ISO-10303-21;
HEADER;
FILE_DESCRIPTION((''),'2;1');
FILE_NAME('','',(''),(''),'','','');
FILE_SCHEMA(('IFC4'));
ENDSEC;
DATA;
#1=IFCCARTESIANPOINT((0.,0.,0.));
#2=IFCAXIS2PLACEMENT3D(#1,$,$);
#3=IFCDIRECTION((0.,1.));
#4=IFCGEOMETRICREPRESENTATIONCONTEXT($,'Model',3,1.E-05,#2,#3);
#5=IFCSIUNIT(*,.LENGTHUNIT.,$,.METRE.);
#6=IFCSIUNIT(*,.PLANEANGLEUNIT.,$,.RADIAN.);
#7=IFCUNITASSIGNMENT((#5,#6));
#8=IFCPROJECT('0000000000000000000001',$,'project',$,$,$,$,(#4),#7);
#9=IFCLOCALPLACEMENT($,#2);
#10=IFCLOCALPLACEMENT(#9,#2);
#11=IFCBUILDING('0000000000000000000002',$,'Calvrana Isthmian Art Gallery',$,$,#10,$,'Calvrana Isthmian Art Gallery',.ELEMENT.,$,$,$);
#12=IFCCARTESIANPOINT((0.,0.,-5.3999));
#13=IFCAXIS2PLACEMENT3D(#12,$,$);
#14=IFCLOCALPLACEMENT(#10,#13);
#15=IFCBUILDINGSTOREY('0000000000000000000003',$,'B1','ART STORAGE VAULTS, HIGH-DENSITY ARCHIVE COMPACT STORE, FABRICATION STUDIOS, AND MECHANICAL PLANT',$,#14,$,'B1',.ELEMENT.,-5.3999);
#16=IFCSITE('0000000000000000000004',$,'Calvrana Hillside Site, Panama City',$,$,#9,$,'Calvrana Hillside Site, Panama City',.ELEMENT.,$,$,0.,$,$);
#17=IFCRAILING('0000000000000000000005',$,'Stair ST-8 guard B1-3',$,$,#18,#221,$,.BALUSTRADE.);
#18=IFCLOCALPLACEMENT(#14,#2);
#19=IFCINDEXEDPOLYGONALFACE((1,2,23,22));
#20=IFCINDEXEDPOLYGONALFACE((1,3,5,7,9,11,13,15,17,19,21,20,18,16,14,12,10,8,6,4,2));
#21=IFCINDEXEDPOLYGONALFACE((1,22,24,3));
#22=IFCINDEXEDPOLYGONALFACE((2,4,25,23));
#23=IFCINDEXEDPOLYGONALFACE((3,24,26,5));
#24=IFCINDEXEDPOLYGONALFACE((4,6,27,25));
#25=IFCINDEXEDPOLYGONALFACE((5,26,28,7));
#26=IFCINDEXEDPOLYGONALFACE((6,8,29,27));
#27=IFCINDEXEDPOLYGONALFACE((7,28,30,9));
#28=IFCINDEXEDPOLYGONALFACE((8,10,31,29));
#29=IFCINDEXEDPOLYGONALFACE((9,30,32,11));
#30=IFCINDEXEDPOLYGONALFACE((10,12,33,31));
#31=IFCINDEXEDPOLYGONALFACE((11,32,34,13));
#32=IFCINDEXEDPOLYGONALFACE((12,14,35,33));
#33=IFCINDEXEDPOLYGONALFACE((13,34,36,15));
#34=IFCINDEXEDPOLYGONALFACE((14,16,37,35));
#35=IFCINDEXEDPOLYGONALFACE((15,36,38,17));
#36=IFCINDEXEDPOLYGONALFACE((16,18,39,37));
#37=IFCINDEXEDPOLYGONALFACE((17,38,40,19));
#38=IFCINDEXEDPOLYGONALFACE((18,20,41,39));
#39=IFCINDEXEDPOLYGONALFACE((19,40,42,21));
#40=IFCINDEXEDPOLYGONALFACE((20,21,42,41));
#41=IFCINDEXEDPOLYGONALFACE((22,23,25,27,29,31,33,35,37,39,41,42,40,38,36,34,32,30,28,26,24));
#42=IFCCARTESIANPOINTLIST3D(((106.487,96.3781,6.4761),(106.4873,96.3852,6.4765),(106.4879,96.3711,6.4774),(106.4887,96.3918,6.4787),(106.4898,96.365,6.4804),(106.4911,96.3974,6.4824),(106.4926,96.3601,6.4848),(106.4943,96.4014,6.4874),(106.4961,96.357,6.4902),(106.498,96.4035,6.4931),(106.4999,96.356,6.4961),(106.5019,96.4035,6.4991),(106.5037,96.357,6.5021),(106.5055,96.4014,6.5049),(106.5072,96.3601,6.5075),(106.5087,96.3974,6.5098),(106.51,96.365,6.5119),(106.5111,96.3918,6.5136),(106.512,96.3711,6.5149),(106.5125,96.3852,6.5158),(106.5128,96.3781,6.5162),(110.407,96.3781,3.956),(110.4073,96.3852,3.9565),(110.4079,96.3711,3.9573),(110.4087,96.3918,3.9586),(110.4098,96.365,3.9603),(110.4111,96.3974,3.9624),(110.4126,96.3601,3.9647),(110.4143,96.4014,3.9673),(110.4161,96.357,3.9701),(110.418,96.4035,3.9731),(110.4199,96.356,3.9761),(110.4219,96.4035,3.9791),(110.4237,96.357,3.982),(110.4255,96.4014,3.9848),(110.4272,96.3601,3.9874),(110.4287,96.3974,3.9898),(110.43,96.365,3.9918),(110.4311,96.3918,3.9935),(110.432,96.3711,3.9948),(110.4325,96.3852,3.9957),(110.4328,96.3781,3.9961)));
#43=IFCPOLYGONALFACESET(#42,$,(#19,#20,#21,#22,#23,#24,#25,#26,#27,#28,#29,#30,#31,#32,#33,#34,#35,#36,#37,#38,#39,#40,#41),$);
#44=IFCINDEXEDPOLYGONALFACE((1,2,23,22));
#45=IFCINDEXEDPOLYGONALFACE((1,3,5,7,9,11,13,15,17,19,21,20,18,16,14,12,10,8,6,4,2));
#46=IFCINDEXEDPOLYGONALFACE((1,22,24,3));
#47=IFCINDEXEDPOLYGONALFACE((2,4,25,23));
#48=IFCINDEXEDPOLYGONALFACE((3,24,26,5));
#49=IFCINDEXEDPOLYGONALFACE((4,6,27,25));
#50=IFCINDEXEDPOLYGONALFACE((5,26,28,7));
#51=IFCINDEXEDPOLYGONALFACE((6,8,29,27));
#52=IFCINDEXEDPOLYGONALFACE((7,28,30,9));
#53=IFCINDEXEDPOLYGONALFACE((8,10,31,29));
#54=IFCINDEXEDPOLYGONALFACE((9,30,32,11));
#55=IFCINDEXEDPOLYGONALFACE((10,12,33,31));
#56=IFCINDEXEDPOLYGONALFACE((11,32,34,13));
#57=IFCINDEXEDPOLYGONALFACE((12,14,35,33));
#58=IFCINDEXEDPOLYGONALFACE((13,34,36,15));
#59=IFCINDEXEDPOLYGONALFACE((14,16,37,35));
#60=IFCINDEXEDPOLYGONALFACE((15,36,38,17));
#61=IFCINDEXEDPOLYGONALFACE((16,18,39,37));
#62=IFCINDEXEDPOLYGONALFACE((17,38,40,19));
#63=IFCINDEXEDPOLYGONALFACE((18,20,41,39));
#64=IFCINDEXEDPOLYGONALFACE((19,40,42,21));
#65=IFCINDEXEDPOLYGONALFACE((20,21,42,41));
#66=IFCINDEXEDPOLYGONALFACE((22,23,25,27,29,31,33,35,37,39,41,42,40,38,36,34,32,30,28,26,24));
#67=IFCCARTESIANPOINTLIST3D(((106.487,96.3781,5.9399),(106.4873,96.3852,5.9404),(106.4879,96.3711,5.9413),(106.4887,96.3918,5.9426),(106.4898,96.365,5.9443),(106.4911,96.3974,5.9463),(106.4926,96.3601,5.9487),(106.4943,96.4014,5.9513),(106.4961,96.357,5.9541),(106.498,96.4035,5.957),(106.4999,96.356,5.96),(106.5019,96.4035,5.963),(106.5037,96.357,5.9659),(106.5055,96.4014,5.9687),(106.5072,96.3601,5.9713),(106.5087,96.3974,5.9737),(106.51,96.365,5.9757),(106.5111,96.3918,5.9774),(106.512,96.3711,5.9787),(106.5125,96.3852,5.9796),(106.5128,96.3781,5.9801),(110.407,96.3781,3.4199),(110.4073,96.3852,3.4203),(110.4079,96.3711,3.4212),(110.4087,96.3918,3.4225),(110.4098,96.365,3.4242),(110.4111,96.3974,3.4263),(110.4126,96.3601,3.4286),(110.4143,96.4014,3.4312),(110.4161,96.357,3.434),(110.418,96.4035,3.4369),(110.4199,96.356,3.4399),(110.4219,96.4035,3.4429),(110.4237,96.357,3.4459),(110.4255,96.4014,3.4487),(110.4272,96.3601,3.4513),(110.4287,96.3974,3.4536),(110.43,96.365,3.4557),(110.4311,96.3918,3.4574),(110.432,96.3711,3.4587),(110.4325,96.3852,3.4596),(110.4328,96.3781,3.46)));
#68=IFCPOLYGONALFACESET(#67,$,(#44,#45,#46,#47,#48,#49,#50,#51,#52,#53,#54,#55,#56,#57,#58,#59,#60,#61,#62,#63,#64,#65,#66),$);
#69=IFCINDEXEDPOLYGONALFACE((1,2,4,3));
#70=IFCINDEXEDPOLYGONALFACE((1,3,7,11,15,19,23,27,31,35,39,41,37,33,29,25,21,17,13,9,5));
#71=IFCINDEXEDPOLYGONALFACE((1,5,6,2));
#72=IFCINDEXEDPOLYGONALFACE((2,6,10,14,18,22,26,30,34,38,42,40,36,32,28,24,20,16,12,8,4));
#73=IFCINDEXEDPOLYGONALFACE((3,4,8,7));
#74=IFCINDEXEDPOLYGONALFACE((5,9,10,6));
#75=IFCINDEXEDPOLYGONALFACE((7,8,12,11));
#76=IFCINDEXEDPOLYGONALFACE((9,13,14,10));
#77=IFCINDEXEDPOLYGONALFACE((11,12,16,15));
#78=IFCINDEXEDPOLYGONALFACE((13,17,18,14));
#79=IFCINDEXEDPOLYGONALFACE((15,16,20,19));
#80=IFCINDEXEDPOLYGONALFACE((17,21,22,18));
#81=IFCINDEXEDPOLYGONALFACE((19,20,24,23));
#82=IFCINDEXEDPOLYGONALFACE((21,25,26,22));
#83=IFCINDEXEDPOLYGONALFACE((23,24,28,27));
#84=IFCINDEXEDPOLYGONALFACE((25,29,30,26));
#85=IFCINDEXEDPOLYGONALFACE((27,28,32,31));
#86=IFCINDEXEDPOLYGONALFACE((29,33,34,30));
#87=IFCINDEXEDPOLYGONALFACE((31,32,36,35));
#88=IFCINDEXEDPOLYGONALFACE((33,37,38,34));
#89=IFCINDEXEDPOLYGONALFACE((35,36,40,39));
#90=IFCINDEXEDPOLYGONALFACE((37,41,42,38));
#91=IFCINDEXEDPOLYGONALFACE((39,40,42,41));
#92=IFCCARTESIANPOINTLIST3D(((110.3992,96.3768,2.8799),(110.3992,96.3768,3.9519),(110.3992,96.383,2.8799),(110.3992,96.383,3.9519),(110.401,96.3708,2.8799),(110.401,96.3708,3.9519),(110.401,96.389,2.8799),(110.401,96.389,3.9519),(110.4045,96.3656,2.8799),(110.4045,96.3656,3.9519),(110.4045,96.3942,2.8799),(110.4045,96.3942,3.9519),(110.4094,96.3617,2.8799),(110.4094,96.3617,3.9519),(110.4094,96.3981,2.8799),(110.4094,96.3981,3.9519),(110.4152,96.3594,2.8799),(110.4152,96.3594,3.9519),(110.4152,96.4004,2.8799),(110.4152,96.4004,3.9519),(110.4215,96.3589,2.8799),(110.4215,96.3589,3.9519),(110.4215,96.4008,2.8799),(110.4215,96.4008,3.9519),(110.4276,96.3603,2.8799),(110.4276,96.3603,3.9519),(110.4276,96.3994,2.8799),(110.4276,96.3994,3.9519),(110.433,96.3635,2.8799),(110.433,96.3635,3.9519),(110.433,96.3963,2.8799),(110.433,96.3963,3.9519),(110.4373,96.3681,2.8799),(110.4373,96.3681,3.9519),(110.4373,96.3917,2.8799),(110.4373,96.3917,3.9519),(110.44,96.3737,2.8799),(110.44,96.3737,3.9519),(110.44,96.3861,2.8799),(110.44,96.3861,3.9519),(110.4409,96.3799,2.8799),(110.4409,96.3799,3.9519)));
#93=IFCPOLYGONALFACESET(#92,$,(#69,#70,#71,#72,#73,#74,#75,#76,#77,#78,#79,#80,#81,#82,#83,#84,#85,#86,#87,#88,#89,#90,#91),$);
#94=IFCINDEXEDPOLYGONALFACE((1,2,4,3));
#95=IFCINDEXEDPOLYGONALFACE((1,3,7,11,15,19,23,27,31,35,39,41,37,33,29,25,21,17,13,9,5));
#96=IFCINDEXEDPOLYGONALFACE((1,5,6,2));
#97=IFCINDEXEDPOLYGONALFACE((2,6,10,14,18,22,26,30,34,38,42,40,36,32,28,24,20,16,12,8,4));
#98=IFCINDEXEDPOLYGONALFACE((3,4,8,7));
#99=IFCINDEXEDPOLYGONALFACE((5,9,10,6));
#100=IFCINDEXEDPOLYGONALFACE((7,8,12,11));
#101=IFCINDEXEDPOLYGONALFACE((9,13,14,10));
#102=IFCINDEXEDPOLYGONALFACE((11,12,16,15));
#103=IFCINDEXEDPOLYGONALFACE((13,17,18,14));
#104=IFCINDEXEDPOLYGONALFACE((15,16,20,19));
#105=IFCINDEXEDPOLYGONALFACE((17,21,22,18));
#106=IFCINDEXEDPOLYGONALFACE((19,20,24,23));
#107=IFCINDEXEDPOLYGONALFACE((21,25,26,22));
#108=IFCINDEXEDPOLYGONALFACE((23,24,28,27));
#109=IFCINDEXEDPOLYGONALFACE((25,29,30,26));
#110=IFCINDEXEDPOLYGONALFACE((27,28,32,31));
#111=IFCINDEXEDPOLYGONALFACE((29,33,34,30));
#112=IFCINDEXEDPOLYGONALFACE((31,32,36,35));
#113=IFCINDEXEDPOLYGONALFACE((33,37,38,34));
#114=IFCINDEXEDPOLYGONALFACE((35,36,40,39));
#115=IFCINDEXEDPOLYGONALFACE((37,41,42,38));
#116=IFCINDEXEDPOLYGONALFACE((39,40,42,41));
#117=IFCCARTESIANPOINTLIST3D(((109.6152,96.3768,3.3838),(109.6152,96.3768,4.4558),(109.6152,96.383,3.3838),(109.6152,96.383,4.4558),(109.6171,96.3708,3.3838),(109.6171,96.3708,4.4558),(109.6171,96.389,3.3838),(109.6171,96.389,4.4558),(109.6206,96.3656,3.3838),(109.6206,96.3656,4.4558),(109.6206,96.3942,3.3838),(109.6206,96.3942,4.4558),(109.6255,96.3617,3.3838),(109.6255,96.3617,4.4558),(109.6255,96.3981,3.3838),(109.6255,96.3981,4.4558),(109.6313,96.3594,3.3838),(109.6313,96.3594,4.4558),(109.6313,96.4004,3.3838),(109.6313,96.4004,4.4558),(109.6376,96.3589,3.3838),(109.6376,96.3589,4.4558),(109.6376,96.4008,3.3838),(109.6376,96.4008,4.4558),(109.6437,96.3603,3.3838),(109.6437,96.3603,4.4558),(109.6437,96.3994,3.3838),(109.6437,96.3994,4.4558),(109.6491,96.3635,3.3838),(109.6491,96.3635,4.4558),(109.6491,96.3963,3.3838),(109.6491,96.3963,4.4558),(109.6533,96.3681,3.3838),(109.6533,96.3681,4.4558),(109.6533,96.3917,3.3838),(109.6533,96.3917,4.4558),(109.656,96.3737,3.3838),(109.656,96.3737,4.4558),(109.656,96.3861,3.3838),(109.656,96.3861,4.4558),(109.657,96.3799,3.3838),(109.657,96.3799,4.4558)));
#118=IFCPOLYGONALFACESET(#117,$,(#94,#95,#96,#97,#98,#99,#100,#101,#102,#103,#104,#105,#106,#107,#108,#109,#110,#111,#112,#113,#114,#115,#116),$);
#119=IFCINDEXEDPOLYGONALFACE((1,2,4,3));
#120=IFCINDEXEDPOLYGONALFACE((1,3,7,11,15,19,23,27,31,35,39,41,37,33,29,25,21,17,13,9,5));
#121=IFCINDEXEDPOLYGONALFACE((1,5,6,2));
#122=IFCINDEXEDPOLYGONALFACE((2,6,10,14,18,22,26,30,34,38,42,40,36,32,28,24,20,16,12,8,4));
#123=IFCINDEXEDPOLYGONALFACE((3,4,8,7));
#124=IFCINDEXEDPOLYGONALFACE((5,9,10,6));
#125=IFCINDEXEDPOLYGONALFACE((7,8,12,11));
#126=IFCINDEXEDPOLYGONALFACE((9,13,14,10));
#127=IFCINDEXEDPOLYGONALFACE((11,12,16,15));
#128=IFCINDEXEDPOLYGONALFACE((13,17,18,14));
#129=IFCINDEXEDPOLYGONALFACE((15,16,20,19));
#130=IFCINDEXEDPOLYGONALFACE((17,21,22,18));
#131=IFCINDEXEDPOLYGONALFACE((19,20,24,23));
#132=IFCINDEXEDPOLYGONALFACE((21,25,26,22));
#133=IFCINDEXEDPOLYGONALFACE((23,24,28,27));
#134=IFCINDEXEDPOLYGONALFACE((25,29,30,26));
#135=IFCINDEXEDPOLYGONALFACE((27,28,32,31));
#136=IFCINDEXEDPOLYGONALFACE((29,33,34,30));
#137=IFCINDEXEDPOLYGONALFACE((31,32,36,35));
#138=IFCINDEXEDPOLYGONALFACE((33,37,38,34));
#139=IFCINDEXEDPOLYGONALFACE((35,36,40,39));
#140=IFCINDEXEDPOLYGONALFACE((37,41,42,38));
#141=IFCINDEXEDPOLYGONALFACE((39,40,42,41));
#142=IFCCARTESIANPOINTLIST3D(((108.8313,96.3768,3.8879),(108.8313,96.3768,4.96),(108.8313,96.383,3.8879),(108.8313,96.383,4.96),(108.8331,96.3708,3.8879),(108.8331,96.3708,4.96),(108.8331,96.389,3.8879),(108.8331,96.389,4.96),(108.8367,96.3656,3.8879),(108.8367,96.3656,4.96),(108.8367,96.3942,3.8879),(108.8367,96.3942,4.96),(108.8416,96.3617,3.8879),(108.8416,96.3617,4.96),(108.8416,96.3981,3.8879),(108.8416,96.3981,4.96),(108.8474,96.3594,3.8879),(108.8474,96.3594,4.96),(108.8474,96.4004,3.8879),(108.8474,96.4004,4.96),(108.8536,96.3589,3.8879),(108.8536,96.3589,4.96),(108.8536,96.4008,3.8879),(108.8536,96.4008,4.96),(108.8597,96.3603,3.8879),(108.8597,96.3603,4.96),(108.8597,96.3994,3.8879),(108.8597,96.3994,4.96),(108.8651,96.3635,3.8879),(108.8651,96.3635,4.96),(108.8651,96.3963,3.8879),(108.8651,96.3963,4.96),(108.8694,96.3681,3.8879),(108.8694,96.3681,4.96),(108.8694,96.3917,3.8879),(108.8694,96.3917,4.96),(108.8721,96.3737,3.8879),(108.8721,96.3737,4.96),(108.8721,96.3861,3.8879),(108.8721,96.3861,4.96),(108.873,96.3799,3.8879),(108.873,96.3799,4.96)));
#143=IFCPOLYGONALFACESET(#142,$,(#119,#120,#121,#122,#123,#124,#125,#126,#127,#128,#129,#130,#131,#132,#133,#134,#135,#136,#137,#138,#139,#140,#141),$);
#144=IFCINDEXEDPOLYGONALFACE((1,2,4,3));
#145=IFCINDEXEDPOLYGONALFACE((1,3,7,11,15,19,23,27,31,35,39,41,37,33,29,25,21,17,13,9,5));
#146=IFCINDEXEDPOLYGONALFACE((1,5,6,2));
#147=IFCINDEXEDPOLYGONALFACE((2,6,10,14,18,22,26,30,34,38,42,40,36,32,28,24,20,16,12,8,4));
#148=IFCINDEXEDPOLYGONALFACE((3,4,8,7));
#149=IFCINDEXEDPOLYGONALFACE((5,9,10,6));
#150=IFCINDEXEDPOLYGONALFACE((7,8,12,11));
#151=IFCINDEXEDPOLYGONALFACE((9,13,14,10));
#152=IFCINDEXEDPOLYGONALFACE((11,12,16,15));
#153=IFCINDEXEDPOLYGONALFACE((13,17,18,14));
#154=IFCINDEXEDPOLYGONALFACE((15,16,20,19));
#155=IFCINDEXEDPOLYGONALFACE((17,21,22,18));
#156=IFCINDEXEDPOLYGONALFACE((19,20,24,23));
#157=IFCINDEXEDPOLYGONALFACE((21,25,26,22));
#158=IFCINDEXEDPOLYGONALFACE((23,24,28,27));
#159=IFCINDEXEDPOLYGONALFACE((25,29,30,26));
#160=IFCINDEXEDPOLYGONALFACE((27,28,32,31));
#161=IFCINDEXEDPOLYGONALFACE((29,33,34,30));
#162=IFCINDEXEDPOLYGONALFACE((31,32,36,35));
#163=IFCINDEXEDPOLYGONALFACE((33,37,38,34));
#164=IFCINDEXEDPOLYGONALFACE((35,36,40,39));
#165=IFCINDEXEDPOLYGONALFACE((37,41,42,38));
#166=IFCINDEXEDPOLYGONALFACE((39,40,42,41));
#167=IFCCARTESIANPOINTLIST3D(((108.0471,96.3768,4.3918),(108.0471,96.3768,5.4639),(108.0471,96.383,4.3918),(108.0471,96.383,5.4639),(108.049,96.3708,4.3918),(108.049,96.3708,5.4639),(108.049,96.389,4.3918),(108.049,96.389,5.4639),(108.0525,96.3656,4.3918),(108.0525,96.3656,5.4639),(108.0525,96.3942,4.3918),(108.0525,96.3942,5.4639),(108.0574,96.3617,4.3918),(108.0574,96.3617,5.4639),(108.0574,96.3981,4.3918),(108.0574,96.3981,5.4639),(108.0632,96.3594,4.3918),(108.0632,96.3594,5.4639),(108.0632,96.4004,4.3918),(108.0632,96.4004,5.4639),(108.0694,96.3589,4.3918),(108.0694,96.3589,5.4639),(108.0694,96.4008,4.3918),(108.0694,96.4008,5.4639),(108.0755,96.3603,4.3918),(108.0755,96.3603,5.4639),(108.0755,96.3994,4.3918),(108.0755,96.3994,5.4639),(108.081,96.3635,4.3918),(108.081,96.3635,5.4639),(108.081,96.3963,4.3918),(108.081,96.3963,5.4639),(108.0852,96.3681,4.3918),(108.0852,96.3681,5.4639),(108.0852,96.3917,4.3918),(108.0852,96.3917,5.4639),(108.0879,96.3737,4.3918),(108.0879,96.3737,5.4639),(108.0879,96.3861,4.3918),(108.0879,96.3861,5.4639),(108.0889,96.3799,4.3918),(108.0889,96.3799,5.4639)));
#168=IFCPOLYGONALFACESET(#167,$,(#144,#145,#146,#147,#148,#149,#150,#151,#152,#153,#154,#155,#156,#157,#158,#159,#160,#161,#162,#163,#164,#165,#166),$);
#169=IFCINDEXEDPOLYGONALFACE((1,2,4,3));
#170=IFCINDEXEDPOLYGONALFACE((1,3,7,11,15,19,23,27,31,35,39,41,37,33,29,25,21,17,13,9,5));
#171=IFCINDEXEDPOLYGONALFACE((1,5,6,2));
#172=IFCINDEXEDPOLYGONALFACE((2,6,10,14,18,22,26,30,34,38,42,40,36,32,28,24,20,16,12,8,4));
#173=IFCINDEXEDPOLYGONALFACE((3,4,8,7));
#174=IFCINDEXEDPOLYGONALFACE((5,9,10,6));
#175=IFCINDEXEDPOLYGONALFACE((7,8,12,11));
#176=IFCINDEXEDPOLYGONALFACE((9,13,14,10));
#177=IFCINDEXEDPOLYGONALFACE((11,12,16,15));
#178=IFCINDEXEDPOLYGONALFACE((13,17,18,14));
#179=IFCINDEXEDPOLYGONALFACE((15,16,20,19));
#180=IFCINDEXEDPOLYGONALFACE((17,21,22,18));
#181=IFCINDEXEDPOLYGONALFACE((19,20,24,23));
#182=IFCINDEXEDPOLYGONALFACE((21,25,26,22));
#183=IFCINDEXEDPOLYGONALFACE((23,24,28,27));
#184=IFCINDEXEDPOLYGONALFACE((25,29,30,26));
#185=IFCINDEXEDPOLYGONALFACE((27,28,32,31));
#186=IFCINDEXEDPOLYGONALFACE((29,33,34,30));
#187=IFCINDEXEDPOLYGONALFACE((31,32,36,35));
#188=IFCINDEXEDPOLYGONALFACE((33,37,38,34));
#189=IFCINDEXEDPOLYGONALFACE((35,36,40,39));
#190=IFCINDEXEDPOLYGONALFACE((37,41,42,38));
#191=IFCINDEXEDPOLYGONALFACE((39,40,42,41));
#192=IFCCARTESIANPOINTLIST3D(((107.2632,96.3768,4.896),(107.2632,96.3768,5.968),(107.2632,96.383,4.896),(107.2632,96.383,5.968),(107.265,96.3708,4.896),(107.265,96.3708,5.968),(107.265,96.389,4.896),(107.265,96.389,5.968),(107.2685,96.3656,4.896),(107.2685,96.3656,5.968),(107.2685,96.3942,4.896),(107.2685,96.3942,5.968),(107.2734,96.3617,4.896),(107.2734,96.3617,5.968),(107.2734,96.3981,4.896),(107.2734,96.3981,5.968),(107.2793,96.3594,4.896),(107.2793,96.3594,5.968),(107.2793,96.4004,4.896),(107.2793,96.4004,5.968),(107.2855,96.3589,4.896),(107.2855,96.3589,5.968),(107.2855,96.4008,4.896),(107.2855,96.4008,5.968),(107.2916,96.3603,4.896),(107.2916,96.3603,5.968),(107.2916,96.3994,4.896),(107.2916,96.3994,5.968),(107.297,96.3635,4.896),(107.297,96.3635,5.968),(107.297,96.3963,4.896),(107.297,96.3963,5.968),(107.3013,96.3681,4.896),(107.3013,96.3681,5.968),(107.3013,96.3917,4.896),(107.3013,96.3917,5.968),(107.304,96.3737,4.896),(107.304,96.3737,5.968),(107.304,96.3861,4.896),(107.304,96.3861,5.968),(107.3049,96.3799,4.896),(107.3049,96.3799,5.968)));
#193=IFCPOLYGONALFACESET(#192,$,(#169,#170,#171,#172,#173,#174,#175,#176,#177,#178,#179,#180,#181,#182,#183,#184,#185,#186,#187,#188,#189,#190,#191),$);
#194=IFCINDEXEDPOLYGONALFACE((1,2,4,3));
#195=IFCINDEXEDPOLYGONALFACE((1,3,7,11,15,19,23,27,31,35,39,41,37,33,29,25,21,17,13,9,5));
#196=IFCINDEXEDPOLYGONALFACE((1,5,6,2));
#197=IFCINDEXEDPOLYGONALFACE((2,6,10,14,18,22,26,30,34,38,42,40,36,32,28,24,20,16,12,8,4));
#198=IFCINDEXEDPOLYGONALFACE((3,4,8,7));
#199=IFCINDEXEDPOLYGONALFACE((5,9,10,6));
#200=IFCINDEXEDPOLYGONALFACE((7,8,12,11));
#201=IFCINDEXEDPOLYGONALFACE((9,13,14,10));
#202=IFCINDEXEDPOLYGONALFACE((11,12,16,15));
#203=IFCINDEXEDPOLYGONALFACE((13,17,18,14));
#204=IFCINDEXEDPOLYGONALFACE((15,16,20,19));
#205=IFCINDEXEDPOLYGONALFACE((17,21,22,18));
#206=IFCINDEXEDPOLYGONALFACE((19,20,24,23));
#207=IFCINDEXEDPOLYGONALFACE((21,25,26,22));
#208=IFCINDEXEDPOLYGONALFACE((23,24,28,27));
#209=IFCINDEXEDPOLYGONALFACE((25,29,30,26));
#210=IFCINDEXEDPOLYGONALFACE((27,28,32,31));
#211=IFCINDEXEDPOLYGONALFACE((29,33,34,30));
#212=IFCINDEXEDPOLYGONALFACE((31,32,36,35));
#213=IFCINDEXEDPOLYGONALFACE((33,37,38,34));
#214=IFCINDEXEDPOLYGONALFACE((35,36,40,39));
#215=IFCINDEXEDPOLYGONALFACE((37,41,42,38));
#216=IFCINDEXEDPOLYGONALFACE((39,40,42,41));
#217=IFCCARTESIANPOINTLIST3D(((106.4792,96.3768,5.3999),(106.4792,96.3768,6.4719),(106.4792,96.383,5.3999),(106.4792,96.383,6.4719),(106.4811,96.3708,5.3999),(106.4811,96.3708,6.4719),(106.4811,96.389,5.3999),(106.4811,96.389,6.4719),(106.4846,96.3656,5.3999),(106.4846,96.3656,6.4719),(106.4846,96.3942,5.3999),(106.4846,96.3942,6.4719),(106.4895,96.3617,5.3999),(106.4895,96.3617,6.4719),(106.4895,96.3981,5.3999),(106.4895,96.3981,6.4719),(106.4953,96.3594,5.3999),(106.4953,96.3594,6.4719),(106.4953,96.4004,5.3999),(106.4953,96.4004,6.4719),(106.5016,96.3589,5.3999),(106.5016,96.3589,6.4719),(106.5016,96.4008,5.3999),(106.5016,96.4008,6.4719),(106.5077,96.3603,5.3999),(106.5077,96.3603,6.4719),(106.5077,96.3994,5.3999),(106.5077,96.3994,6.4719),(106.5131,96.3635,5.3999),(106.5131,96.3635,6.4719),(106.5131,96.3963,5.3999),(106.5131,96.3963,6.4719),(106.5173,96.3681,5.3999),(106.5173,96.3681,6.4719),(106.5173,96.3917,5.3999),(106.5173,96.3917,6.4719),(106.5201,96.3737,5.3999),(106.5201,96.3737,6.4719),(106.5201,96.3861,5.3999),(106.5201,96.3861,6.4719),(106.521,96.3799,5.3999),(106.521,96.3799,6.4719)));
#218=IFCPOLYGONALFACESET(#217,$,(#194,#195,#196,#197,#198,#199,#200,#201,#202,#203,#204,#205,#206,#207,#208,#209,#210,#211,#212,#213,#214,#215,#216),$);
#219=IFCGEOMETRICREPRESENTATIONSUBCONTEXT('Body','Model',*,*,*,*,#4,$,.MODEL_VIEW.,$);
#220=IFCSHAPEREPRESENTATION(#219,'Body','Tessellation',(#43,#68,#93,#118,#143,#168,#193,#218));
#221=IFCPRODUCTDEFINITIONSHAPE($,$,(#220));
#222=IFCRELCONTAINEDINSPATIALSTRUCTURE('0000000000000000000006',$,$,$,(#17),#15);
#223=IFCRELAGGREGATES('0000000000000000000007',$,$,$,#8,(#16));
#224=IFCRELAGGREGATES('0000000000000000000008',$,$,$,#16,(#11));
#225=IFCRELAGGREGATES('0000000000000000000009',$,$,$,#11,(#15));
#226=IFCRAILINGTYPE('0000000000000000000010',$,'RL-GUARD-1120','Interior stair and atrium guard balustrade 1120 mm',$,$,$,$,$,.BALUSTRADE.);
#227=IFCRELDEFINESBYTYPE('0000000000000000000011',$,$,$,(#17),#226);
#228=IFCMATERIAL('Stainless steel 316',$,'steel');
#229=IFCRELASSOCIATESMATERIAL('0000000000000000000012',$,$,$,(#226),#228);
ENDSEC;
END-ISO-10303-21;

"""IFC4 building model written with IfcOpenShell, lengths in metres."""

from ifc_helpers import new_model, si_unit, direction, frame, origin, origin_2d, place, context, subcontext, project, spatial, circle, extrude, material, type_object, element, save


model = new_model("IFC4")

# Units and contexts
model_context = context("Model", 3, precision=1e-05, world=origin(), true_north=direction((0.0, 1.0)))
body_context = subcontext(model_context, "Body", "Model", "MODEL_VIEW")
ifc_project = project(units=[si_unit("LENGTHUNIT", "METRE"), si_unit("PLANEANGLEUNIT", "RADIAN")], contexts=[model_context])

# Site, building, storey
site_placement = place(None, origin())
site = spatial("IfcSite", under=ifc_project, at=site_placement, Name="Calvrana Hillside Site, Panama City", LongName="Calvrana Hillside Site, Panama City", CompositionType="ELEMENT", RefElevation=0.0)
building_placement = place(site_placement, origin())
building = spatial("IfcBuilding", under=site, at=building_placement, Name="Calvrana Isthmian Art Gallery", LongName="Calvrana Isthmian Art Gallery", CompositionType="ELEMENT")
storey_placement = place(building_placement, frame((0.0, 0.0, -5.3999)))
storey = spatial("IfcBuildingStorey", under=building, at=storey_placement, Name="B1", Description="ART STORAGE VAULTS, HIGH-DENSITY ARCHIVE COMPACT STORE, FABRICATION STUDIOS, AND MECHANICAL PLANT", LongName="B1", CompositionType="ELEMENT", Elevation=-5.3999)

# Railing
ifc_material_1 = material(Name="Stainless steel 316", Category="steel")
railing_type_1 = type_object("IfcRailingType", Name="RL-GUARD-1120", Description="Interior stair and atrium guard balustrade 1120 mm", PredefinedType="BALUSTRADE", material=ifc_material_1)
railing_1_placement = place(storey_placement, frame((110.4199, 96.3799, 2.8799)))
element("IfcRailing", 1, at=railing_1_placement, inside=storey, type_object=railing_type_1, Name="Stair ST-8 guard B1-3", PredefinedType="BALUSTRADE", context=body_context, shape_type="SweptSolid", body=[
    extrude(circle(Radius=0.0239, at=origin_2d()), frame((0.0, 0.0, 1.0962), z_axis=(-0.841172, 0.0, 0.540768), x_axis=(0.0, -1.0, 0.0)), (0.0, 0.0, 1.0), 4.6602),
    extrude(circle(Radius=0.0239, at=origin_2d()), frame((0.0, 0.0, 0.5601), z_axis=(-0.841172, 0.0, 0.540768), x_axis=(0.0, -1.0, 0.0)), (0.0, 0.0, 1.0), 4.6602),
    extrude(circle(Radius=0.021, at=origin_2d()), origin(), (0.0, 0.0, 1.0), 1.072),
    extrude(circle(Radius=0.021, at=origin_2d()), frame((-0.7839, 0.0, 0.5039)), (0.0, 0.0, 1.0), 1.072),
    extrude(circle(Radius=0.021, at=origin_2d()), frame((-1.5679, 0.0, 1.0081)), (0.0, 0.0, 1.0), 1.072),
    extrude(circle(Radius=0.021, at=origin_2d()), frame((-2.3521, 0.0, 1.512)), (0.0, 0.0, 1.0), 1.072),
    extrude(circle(Radius=0.021, at=origin_2d()), frame((-3.136, 0.0, 2.0161)), (0.0, 0.0, 1.0), 1.072),
    extrude(circle(Radius=0.021, at=origin_2d()), frame((-3.9199, 0.0, 2.52)), (0.0, 0.0, 1.0), 1.072),
])

save(model, "model.ifc")
